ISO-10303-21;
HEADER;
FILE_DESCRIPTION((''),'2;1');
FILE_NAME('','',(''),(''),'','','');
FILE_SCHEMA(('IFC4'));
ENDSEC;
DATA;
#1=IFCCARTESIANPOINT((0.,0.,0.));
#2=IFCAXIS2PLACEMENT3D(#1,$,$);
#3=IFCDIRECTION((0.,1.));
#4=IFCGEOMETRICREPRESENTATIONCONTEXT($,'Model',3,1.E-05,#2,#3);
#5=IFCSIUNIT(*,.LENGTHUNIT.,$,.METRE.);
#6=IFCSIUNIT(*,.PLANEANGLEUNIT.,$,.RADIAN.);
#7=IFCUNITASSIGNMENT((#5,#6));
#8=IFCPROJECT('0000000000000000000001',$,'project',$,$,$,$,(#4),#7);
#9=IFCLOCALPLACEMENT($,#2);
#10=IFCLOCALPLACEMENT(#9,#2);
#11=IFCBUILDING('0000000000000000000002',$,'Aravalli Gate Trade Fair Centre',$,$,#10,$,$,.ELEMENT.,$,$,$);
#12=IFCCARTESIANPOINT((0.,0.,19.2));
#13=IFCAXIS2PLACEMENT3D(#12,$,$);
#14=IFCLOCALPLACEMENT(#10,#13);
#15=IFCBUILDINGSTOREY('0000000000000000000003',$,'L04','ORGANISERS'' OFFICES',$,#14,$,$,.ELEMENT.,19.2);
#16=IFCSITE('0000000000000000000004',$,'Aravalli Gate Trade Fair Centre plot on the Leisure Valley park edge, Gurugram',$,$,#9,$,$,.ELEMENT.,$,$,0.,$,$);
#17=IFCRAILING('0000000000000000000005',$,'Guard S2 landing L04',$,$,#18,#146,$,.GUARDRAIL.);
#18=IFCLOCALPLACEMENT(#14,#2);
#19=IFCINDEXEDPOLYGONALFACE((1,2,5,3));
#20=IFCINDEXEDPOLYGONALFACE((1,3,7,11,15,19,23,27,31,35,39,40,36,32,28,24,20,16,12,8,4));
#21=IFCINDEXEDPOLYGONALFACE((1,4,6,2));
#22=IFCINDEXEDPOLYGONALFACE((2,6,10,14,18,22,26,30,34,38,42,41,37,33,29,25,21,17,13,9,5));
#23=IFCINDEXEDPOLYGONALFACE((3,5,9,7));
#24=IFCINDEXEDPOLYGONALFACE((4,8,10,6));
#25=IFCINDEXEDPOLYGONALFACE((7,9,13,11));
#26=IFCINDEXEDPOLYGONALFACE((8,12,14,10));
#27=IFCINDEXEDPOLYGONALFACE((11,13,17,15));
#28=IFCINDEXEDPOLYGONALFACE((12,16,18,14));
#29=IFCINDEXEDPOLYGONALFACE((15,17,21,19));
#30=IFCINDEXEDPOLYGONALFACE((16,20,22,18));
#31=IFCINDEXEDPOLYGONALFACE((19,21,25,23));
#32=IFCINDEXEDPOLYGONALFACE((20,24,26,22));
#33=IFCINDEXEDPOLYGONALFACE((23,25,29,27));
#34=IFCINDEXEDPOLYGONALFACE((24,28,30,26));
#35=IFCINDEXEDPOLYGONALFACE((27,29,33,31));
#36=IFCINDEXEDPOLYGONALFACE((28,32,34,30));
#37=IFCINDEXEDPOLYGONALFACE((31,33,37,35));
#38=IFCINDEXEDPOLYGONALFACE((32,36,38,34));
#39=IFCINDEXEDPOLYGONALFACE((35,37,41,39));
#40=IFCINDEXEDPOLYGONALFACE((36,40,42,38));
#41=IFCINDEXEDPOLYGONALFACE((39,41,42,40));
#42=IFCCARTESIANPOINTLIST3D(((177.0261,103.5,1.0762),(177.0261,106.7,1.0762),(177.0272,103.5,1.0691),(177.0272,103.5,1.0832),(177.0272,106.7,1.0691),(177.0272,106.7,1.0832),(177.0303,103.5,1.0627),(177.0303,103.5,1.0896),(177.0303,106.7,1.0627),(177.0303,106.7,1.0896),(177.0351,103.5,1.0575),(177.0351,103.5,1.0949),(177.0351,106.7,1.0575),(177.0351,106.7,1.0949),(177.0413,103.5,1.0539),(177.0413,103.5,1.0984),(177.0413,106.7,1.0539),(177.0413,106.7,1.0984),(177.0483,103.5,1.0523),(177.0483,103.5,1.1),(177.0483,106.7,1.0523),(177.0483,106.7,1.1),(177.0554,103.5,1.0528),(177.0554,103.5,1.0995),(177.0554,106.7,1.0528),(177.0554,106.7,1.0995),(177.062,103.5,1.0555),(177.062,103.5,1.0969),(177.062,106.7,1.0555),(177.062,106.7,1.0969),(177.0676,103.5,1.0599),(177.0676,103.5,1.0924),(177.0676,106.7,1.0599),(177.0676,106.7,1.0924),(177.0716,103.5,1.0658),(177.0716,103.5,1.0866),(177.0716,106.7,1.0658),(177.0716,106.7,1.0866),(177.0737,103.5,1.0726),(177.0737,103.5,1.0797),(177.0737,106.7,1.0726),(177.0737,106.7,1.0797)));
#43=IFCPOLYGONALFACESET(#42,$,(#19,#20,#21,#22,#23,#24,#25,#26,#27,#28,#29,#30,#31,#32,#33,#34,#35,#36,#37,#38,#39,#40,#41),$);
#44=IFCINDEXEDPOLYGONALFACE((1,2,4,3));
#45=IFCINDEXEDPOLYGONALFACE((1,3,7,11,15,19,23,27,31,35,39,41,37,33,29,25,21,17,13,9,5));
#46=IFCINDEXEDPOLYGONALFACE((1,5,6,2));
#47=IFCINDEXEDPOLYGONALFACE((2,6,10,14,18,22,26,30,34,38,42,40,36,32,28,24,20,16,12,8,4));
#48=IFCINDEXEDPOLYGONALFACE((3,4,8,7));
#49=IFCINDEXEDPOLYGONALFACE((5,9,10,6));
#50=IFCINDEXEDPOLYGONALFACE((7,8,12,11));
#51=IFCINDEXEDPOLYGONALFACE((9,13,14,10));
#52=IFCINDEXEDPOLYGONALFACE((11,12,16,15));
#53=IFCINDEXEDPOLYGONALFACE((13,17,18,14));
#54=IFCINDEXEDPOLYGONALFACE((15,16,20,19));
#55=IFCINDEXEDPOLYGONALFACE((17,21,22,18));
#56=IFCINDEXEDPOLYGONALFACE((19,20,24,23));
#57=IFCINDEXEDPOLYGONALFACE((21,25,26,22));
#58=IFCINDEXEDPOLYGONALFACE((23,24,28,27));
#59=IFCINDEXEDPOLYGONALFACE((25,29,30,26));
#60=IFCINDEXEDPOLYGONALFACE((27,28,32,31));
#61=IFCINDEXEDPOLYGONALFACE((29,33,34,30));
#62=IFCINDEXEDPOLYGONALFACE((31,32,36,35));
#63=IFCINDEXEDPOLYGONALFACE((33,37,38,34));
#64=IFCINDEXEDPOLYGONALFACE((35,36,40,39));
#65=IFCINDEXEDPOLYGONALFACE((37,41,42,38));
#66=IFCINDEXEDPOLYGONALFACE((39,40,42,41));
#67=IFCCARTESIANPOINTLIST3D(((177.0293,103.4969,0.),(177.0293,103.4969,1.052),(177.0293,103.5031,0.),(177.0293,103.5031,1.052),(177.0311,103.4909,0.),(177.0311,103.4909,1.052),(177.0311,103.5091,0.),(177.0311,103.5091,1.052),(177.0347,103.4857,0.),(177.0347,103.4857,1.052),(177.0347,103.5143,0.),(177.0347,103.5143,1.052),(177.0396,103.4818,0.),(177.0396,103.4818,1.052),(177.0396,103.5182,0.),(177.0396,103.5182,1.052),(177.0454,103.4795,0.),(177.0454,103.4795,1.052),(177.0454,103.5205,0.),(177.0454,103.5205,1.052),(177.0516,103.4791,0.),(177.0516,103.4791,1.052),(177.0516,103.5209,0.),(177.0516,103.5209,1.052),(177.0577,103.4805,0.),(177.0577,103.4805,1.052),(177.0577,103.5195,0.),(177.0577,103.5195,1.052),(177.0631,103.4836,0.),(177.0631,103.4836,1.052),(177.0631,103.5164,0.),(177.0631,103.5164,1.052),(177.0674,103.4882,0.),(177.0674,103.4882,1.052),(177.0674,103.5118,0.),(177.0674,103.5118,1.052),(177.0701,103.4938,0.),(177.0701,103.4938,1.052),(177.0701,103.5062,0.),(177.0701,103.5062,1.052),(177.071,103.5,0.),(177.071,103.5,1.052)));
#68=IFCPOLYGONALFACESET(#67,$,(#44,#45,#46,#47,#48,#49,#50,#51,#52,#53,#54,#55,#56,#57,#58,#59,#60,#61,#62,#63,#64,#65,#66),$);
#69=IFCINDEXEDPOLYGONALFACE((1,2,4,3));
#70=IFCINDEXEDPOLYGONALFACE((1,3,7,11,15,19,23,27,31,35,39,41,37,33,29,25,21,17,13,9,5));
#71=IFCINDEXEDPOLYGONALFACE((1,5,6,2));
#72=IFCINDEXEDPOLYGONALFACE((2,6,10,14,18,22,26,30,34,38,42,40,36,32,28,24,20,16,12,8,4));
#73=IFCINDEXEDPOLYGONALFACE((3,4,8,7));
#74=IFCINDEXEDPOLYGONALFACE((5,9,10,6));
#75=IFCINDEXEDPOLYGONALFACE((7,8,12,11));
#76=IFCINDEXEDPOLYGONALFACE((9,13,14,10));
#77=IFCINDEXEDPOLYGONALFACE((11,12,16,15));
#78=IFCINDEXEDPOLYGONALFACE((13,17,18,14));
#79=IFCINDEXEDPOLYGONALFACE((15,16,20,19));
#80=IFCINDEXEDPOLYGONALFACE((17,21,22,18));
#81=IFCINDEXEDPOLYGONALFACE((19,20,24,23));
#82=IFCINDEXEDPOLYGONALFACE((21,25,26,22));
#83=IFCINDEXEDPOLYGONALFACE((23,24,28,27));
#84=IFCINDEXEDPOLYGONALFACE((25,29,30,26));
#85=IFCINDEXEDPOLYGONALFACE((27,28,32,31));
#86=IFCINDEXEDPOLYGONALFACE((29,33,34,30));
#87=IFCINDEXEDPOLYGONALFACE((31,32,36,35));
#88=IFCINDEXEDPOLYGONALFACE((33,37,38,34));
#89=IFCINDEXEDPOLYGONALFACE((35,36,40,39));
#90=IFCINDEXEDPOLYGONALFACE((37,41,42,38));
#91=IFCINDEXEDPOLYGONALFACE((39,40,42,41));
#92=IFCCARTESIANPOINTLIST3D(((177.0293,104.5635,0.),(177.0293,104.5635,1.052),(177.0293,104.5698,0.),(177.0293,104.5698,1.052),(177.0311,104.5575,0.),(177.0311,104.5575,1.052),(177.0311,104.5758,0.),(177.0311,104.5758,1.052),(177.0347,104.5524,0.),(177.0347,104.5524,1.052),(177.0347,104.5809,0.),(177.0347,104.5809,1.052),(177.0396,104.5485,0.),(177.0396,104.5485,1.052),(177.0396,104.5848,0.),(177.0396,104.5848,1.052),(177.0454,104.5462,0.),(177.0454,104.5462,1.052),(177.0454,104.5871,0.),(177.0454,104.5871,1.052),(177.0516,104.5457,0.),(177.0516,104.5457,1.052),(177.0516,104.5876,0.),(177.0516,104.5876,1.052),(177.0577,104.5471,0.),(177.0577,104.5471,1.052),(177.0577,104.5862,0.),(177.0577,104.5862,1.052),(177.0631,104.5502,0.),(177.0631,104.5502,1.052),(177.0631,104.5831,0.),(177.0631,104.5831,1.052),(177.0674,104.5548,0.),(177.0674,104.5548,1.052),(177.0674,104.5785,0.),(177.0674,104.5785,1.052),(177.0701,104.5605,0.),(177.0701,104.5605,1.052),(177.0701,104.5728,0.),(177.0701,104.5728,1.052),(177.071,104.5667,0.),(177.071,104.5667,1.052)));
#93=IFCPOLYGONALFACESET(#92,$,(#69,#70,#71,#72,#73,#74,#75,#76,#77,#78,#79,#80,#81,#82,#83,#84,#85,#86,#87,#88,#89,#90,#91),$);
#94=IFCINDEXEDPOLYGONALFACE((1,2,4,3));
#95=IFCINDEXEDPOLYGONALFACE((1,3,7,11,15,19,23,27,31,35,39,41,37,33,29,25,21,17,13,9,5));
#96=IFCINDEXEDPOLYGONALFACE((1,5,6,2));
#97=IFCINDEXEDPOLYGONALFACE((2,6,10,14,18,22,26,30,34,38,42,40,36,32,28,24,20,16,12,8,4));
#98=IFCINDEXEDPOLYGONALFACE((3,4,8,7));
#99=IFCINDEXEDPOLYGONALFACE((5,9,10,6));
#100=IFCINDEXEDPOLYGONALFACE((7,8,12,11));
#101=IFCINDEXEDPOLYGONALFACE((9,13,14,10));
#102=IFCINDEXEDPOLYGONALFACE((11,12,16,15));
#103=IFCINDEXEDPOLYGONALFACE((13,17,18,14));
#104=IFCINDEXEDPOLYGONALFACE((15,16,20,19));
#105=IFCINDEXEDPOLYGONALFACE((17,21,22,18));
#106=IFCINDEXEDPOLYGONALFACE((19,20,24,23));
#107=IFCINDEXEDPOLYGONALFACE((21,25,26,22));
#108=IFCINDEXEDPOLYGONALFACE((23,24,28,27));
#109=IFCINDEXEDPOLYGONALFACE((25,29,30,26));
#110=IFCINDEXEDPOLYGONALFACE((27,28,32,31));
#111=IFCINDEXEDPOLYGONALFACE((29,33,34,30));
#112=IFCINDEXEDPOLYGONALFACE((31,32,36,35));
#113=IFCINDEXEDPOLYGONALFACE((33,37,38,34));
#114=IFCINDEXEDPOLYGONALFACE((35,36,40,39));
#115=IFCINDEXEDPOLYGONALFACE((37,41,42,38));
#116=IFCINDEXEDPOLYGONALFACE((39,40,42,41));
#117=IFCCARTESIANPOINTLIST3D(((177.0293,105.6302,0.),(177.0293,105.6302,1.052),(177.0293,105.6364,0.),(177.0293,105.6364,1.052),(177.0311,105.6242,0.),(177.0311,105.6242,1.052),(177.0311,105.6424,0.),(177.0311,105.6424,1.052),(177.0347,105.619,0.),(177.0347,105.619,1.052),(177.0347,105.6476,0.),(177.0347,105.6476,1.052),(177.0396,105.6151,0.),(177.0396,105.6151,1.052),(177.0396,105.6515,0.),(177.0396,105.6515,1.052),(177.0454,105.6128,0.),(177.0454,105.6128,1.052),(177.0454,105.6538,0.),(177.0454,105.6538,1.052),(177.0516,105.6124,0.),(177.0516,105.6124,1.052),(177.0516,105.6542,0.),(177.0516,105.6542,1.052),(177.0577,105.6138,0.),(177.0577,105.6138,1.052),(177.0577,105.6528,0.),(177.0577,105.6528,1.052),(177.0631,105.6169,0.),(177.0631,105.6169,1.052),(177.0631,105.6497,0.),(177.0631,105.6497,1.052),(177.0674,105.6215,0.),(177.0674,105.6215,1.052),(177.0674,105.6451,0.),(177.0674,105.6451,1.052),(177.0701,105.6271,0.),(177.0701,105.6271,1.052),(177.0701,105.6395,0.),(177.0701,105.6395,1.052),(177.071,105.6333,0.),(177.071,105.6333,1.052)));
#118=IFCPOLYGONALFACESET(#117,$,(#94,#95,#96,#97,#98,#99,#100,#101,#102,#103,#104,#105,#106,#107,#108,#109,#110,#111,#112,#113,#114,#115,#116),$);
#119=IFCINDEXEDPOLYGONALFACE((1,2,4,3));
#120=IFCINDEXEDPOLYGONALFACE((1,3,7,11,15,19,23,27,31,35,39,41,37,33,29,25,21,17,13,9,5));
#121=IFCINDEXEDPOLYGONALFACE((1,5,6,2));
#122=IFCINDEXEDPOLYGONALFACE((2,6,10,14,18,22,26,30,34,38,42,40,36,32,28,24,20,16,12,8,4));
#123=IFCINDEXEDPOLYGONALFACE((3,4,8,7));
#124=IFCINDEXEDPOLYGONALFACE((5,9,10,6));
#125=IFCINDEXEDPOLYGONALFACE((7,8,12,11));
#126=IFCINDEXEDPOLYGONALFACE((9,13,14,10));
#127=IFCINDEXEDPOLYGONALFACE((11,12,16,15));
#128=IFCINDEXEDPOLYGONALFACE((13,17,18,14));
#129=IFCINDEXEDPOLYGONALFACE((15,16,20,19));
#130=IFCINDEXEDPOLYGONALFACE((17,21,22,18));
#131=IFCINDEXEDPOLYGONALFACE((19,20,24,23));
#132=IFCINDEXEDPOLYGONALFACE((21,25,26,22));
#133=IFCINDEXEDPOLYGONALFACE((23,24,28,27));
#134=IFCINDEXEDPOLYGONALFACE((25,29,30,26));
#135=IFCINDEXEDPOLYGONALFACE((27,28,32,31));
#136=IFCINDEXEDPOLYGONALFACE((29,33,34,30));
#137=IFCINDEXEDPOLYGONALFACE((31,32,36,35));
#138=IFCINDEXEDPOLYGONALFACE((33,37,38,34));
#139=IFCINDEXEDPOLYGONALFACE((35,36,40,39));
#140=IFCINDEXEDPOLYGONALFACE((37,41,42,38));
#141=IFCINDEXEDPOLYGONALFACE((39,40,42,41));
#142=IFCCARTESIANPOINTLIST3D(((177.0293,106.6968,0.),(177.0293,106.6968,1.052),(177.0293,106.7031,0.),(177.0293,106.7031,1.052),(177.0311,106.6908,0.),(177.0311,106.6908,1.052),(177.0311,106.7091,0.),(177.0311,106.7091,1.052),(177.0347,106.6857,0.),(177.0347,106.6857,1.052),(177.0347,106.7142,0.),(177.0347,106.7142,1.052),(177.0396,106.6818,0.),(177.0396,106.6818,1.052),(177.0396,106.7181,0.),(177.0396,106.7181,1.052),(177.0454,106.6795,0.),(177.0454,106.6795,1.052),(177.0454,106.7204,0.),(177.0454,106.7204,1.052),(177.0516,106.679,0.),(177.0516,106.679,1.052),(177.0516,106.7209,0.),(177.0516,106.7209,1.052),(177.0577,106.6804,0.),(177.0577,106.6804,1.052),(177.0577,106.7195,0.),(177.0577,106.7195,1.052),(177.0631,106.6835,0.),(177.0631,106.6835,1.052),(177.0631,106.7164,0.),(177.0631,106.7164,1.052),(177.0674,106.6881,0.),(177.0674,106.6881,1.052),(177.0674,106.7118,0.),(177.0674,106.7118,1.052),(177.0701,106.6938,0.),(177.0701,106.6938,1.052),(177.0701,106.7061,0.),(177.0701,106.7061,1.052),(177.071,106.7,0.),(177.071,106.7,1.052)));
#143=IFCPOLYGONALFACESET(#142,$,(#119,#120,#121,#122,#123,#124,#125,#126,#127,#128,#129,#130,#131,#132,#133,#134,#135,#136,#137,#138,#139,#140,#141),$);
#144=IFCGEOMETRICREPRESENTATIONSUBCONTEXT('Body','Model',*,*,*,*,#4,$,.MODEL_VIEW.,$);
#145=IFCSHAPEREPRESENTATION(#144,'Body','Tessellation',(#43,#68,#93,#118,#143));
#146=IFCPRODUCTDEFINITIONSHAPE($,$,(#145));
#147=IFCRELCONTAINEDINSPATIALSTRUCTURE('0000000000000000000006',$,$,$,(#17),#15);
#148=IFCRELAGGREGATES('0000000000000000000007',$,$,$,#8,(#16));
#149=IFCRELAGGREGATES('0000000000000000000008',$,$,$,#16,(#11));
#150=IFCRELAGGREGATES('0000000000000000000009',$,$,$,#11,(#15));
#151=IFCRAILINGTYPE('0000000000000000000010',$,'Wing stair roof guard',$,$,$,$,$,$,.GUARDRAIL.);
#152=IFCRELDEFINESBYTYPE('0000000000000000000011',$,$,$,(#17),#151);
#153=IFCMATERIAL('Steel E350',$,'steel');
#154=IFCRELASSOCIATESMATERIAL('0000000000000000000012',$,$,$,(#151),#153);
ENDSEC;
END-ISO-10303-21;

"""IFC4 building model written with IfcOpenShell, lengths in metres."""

from ifc_helpers import new_model, si_unit, direction, frame, origin, origin_2d, place, context, subcontext, project, spatial, circle, extrude, material, type_object, element, save


model = new_model("IFC4")

# Units and contexts
model_context = context("Model", 3, precision=1e-05, world=origin(), true_north=direction((0.0, 1.0)))
body_context = subcontext(model_context, "Body", "Model", "MODEL_VIEW")
ifc_project = project(units=[si_unit("LENGTHUNIT", "METRE"), si_unit("PLANEANGLEUNIT", "RADIAN")], contexts=[model_context])

# Site, building, storey
site_placement = place(None, origin())
site = spatial("IfcSite", under=ifc_project, at=site_placement, Name="Aravalli Gate Trade Fair Centre plot on the Leisure Valley park edge, Gurugram", CompositionType="ELEMENT", RefElevation=0.0)
building_placement = place(site_placement, origin())
building = spatial("IfcBuilding", under=site, at=building_placement, Name="Aravalli Gate Trade Fair Centre", CompositionType="ELEMENT")
storey_placement = place(building_placement, frame((0.0, 0.0, 19.2)))
storey = spatial("IfcBuildingStorey", under=building, at=storey_placement, Name="L04", Description="ORGANISERS' OFFICES", CompositionType="ELEMENT", Elevation=19.2)

# Shared definitions
ifc_material_1 = material(Name="Steel E350", Category="steel")

# Railing
railing_type = type_object("IfcRailingType", Name="Wing stair roof guard", PredefinedType="GUARDRAIL", material=ifc_material_1)
railing_placement = place(storey_placement, frame((177.05, 103.5, 0.0)))
element("IfcRailing", 1, at=railing_placement, inside=storey, type_object=railing_type, Name="Guard S2 landing L04", PredefinedType="GUARDRAIL", context=body_context, shape_type="SweptSolid", body=[
    extrude(circle(Radius=0.0239, at=origin_2d()), frame((0.0, 0.0, 1.0762), z_axis=(0.0, 1.0, 0.0), x_axis=(-1.0, 0.0, 0.0)), (0.0, 0.0, 1.0), 3.2),
    extrude(circle(Radius=0.021, at=origin_2d()), origin(), (0.0, 0.0, 1.0), 1.052),
    extrude(circle(Radius=0.021, at=origin_2d()), frame((0.0, 1.0667, 0.0)), (0.0, 0.0, 1.0), 1.052),
    extrude(circle(Radius=0.021, at=origin_2d()), frame((0.0, 2.1333, 0.0)), (0.0, 0.0, 1.0), 1.052),
    extrude(circle(Radius=0.021, at=origin_2d()), frame((0.0, 3.2, 0.0)), (0.0, 0.0, 1.0), 1.052),
])

save(model, "model.ifc")
